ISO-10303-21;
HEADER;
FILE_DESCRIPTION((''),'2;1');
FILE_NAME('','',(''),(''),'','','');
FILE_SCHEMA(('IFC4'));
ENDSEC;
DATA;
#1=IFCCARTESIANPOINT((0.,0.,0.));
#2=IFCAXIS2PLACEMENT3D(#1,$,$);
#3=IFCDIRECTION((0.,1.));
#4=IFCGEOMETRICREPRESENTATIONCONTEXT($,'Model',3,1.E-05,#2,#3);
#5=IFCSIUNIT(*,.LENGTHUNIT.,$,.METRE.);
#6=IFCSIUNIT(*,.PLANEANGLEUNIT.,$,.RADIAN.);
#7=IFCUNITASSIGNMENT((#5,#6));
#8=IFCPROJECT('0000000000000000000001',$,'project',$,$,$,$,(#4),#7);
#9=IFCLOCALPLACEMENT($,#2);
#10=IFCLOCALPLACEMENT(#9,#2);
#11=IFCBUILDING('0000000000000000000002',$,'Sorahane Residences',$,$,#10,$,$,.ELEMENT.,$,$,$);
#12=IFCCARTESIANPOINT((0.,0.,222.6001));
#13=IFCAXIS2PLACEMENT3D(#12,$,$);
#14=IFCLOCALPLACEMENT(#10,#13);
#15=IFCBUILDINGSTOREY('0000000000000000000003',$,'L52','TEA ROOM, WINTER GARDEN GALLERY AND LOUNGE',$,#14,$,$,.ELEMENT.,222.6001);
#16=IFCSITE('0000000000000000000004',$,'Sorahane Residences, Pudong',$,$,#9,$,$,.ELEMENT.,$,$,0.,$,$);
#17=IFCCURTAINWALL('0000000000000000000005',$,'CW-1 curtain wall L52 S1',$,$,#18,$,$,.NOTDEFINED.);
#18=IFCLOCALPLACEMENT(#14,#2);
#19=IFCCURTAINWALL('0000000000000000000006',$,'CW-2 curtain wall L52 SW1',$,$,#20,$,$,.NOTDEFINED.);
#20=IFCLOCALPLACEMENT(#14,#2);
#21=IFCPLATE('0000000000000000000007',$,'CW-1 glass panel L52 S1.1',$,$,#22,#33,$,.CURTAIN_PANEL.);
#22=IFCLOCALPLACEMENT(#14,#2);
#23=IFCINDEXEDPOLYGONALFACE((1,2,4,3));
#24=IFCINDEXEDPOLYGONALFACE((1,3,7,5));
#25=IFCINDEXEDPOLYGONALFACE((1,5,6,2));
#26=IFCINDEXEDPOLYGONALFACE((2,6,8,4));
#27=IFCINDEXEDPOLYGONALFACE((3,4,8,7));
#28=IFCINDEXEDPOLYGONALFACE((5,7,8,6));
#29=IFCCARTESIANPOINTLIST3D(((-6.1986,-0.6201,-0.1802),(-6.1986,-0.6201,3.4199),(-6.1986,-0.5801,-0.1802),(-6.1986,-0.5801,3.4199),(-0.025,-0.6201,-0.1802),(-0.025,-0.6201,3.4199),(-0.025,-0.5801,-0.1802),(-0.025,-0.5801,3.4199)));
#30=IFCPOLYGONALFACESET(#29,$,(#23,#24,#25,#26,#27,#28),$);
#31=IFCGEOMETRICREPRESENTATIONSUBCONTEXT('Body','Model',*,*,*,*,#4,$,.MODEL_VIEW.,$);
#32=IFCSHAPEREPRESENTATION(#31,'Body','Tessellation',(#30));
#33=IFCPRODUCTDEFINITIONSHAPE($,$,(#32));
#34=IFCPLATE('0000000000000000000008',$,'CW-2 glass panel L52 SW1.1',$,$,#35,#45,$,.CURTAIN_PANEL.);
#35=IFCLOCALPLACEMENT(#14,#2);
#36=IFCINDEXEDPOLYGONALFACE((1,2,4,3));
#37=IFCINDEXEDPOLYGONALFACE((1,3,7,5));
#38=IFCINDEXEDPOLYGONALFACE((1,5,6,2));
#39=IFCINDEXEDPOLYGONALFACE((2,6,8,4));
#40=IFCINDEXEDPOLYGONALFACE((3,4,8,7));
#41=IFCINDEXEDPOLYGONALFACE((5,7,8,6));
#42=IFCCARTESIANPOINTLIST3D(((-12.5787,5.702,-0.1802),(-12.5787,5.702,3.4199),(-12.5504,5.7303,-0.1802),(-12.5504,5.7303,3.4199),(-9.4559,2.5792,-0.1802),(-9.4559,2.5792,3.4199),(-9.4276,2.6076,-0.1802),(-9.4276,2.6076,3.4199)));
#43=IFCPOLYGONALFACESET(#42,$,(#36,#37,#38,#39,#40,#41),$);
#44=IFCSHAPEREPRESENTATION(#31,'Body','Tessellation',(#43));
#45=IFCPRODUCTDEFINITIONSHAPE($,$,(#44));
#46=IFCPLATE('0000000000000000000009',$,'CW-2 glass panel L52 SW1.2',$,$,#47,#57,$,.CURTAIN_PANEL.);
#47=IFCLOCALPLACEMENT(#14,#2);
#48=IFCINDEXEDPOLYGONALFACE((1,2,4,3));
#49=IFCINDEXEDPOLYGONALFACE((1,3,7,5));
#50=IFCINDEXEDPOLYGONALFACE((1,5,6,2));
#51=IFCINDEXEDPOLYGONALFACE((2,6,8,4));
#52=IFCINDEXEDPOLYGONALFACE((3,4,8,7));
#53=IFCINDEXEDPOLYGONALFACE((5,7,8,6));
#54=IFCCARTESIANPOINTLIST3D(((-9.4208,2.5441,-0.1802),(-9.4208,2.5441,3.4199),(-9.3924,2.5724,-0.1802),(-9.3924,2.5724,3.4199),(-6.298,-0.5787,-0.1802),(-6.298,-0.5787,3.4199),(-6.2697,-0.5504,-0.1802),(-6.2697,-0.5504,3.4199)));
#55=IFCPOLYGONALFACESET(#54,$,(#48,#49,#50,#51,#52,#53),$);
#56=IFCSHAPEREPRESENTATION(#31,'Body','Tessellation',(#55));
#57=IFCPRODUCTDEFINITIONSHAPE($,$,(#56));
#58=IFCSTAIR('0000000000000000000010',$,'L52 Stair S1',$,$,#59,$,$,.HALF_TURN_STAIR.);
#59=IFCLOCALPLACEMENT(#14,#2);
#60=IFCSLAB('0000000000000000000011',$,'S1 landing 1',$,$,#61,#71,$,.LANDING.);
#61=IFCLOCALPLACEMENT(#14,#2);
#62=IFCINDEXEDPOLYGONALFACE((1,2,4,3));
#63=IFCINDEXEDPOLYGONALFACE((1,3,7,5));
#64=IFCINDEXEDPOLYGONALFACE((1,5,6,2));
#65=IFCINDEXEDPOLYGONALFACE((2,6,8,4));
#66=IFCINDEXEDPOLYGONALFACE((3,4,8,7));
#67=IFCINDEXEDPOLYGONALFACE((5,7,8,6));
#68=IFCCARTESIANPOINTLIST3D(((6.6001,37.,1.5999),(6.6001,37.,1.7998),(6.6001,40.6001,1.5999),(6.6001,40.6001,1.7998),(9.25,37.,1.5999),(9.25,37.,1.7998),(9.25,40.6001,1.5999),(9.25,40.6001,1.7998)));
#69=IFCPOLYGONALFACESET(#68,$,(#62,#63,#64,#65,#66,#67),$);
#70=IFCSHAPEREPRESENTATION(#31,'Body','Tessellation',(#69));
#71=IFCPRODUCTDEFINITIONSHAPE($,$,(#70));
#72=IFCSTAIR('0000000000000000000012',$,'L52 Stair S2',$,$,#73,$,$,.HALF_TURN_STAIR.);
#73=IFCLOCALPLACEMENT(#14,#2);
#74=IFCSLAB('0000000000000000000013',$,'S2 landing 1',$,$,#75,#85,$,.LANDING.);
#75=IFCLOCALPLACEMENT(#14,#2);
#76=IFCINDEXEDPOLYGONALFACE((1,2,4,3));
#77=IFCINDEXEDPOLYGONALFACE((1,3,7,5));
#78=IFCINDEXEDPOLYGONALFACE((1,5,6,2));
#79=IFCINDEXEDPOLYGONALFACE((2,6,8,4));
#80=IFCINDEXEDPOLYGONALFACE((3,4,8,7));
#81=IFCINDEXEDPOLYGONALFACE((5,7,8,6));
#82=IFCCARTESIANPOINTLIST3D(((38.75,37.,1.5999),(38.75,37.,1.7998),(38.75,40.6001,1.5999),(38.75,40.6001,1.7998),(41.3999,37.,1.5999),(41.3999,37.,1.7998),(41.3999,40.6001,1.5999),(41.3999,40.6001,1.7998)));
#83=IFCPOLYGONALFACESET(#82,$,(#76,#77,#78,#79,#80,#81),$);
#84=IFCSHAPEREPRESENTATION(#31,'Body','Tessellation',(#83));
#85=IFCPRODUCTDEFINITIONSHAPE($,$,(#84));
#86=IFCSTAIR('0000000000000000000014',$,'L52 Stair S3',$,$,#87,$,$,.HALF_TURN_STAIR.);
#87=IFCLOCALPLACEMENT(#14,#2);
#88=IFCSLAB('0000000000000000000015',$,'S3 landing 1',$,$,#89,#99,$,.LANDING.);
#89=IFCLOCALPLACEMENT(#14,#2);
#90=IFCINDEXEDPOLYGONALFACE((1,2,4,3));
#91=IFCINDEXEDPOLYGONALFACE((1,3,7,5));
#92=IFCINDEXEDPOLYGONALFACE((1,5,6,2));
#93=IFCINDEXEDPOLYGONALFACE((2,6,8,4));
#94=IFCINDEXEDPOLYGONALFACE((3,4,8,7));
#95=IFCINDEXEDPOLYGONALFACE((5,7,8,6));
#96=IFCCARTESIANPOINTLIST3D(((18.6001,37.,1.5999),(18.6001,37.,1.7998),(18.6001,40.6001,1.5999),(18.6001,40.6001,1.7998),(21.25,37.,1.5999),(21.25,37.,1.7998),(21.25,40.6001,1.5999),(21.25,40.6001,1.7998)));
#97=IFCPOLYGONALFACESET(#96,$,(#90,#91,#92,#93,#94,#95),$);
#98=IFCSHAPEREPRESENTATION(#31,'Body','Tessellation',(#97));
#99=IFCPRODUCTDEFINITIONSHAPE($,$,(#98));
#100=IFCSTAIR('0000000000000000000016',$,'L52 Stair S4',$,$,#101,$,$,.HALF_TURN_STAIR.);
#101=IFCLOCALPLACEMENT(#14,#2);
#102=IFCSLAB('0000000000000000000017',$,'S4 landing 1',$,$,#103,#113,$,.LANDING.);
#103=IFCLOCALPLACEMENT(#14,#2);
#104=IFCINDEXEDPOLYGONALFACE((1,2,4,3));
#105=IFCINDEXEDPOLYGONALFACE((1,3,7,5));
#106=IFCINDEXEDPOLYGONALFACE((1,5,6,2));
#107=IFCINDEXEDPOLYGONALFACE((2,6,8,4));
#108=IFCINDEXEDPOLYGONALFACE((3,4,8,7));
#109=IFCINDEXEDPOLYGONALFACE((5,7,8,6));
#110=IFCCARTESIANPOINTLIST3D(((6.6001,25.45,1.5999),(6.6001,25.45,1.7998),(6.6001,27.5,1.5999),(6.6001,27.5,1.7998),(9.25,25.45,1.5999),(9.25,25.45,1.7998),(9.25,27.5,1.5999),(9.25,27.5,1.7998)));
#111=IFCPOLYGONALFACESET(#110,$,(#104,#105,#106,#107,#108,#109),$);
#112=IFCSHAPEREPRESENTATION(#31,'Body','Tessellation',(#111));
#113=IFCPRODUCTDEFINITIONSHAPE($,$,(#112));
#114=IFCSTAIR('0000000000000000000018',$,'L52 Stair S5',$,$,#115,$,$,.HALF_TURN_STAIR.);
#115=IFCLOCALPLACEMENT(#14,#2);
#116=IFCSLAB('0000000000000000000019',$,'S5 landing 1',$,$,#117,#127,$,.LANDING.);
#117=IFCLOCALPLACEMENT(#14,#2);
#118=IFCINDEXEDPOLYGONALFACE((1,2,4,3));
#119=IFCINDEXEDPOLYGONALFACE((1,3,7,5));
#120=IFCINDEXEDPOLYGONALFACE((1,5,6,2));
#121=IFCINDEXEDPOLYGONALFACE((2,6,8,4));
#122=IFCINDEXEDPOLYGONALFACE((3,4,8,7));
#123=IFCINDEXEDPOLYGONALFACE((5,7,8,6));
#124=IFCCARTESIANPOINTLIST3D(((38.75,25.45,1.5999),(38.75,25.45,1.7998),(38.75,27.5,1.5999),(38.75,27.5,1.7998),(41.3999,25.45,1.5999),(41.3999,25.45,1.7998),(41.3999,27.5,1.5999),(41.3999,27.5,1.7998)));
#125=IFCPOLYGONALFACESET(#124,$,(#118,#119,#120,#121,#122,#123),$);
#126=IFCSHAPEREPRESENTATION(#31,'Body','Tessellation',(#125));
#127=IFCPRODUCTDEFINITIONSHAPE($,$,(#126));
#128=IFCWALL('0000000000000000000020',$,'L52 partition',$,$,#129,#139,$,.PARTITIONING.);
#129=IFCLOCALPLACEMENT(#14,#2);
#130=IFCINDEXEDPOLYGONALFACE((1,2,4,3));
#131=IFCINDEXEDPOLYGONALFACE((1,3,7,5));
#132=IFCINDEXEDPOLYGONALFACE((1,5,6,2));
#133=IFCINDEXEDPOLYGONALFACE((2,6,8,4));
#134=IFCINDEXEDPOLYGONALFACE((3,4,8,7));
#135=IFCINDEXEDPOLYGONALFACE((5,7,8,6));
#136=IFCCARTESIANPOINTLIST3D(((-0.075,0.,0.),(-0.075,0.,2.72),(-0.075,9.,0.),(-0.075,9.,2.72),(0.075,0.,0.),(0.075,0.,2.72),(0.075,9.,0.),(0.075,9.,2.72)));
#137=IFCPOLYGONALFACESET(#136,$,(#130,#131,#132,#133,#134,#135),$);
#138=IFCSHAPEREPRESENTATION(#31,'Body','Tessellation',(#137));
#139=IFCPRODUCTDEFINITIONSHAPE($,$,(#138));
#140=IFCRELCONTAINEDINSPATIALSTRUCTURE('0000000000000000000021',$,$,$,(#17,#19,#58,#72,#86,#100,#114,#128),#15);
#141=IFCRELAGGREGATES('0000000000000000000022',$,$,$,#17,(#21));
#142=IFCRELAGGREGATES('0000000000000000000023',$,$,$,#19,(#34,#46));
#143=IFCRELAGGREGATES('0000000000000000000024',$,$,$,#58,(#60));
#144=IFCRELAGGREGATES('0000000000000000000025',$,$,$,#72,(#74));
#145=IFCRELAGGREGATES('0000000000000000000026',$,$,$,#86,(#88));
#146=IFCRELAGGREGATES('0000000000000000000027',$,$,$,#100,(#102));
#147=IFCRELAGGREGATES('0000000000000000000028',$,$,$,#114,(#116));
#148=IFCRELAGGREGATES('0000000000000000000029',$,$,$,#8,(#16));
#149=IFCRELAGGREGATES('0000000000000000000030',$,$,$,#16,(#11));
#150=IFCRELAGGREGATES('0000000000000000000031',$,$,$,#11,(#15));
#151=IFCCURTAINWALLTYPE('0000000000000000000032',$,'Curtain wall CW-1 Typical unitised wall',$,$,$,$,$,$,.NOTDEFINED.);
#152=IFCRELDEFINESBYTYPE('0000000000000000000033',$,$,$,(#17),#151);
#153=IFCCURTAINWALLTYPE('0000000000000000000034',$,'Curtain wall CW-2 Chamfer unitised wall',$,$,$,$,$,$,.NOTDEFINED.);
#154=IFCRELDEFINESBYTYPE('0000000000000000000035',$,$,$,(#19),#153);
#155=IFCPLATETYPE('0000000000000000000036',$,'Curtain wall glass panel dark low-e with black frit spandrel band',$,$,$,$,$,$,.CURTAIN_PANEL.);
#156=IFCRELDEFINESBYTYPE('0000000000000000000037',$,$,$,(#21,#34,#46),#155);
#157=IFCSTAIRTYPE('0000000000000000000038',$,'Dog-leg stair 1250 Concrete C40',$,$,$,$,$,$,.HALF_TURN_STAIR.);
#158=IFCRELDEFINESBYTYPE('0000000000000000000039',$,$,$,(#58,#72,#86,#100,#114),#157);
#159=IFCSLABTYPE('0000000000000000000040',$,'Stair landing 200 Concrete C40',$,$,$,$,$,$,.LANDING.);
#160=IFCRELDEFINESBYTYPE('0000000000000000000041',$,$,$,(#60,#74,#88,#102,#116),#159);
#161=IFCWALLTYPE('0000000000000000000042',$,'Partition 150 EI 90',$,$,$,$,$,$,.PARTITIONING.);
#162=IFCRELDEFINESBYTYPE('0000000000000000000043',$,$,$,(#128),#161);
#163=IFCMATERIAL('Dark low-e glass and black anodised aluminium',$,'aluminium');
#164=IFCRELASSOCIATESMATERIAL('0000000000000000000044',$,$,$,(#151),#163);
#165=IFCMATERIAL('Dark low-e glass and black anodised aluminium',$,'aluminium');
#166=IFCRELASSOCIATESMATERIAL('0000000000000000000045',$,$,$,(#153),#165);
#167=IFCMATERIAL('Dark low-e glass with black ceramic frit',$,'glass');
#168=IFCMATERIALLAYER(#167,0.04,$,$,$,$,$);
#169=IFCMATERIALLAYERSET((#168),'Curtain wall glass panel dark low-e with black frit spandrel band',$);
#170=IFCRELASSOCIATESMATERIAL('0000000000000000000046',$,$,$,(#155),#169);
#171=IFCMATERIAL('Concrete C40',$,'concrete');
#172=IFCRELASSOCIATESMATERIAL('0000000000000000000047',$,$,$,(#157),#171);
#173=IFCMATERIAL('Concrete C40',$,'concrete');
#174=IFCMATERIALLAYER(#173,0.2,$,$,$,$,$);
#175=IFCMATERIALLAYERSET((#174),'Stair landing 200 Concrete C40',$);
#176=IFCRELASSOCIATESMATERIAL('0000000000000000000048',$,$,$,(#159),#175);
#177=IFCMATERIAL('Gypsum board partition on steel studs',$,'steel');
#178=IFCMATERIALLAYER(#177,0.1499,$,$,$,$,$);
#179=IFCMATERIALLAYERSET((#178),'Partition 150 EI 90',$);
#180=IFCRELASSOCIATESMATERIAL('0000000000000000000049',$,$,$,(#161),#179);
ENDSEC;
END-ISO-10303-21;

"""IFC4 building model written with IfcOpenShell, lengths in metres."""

from ifc_helpers import new_model, si_unit, direction, frame, frame_2d, origin, origin_2d, place, context, subcontext, project, spatial, polyline, rectangle, outline, extrude, material, layer, layer_set, type_object, element, aggregate, save


model = new_model("IFC4")

# Units and contexts
model_context = context("Model", 3, precision=1e-05, world=origin(), true_north=direction((0.0, 1.0)))
body_context = subcontext(model_context, "Body", "Model", "MODEL_VIEW")
ifc_project = project(units=[si_unit("LENGTHUNIT", "METRE"), si_unit("PLANEANGLEUNIT", "RADIAN")], contexts=[model_context])

# Site, building, storey
site_placement = place(None, origin())
site = spatial("IfcSite", under=ifc_project, at=site_placement, Name="Sorahane Residences, Pudong", CompositionType="ELEMENT", RefElevation=0.0)
building_placement = place(site_placement, origin())
building = spatial("IfcBuilding", under=site, at=building_placement, Name="Sorahane Residences", CompositionType="ELEMENT")
storey_placement = place(building_placement, frame((0.0, 0.0, 222.6001)))
storey = spatial("IfcBuildingStorey", under=building, at=storey_placement, Name="L52", Description="TEA ROOM, WINTER GARDEN GALLERY AND LOUNGE", CompositionType="ELEMENT", Elevation=222.6001)

# Curtain wall
ifc_material_1 = material(Name="Dark low-e glass and black anodised aluminium", Category="aluminium")
curtain_wall_type_1 = type_object("IfcCurtainWallType", Name="Curtain wall CW-1 Typical unitised wall", PredefinedType="NOTDEFINED", material=ifc_material_1)
curtain_wall_1_placement = place(storey_placement, origin())
curtain_wall_1 = element("IfcCurtainWall", 1, at=curtain_wall_1_placement, inside=storey, type_object=curtain_wall_type_1, Name="CW-1 curtain wall L52 S1", PredefinedType="NOTDEFINED")

# Curtain wall
ifc_material_2 = material(Name="Dark low-e glass and black anodised aluminium", Category="aluminium")
curtain_wall_type_2 = type_object("IfcCurtainWallType", Name="Curtain wall CW-2 Chamfer unitised wall", PredefinedType="NOTDEFINED", material=ifc_material_2)
curtain_wall_2_placement = place(storey_placement, origin())
curtain_wall_2 = element("IfcCurtainWall", 2, at=curtain_wall_2_placement, inside=storey, type_object=curtain_wall_type_2, Name="CW-2 curtain wall L52 SW1", PredefinedType="NOTDEFINED")

# Plates
ifc_material_3 = material(Name="Dark low-e glass with black ceramic frit", Category="glass")
ifc_layer_1 = layer(ifc_material_3, 0.04)
ifc_layer_set_1 = layer_set([ifc_layer_1], Name="Curtain wall glass panel dark low-e with black frit spandrel band")
plate_type = type_object("IfcPlateType", Name="Curtain wall glass panel dark low-e with black frit spandrel band", PredefinedType="CURTAIN_PANEL", material=ifc_layer_set_1)
plate_1_placement = place(storey_placement, frame((-3.1118, -0.6001, -0.1802), z_axis=(0.0, 0.0, 1.0), x_axis=(1.0, 0.0, 0.0)))
plate_1 = element("IfcPlate", 3, at=plate_1_placement, type_object=plate_type, Name="CW-1 glass panel L52 S1.1", PredefinedType="CURTAIN_PANEL", context=body_context, shape_type="SweptSolid", body=[
    extrude(rectangle(XDim=6.1736, YDim=0.04, at=origin_2d()), origin(), (0.0, 0.0, 1.0), 3.6001),
])
aggregate(curtain_wall_1, [plate_1])
plate_2_placement = place(storey_placement, frame((-11.0032, 4.1548, -0.1802), z_axis=(0.0, 0.0, 1.0), x_axis=(0.707107, -0.707107, 0.0)))
plate_2 = element("IfcPlate", 4, at=plate_2_placement, type_object=plate_type, Name="CW-2 glass panel L52 SW1.1", PredefinedType="CURTAIN_PANEL", context=body_context, shape_type="SweptSolid", body=[
    extrude(rectangle(XDim=4.4163, YDim=0.04, at=origin_2d()), origin(), (0.0, 0.0, 1.0), 3.6001),
])
plate_3_placement = place(storey_placement, frame((-7.8452, 0.9968, -0.1802), z_axis=(0.0, 0.0, 1.0), x_axis=(0.707107, -0.707107, 0.0)))
plate_3 = element("IfcPlate", 5, at=plate_3_placement, type_object=plate_type, Name="CW-2 glass panel L52 SW1.2", PredefinedType="CURTAIN_PANEL", context=body_context, shape_type="SweptSolid", body=[
    extrude(rectangle(XDim=4.4163, YDim=0.04, at=origin_2d()), origin(), (0.0, 0.0, 1.0), 3.6001),
])
aggregate(curtain_wall_2, [plate_2, plate_3])

# Stairs, slabs
ifc_material_4 = material(Name="Concrete C40", Category="concrete")
stair_type = type_object("IfcStairType", Name="Dog-leg stair 1250 Concrete C40", PredefinedType="HALF_TURN_STAIR", material=ifc_material_4)
stair_1_placement = place(storey_placement, origin())
stair_1 = element("IfcStair", 6, at=stair_1_placement, inside=storey, type_object=stair_type, Name="L52 Stair S1", PredefinedType="HALF_TURN_STAIR")
ifc_material_5 = material(Name="Concrete C40", Category="concrete")
ifc_layer_2 = layer(ifc_material_5, 0.2)
ifc_layer_set_2 = layer_set([ifc_layer_2], Name="Stair landing 200 Concrete C40")
slab_type_1 = type_object("IfcSlabType", Name="Stair landing 200 Concrete C40", PredefinedType="LANDING", material=ifc_layer_set_2)
slab_1_placement = place(storey_placement, frame((0.0, 0.0, 1.5999)))
slab_1 = element("IfcSlab", 7, at=slab_1_placement, type_object=slab_type_1, Name="S1 landing 1", PredefinedType="LANDING", context=body_context, shape_type="SweptSolid", body=[
    extrude(outline(polyline([(6.6001, 40.6001), (6.6001, 37.0), (9.25, 37.0), (9.25, 40.6001), (6.6001, 40.6001)])), origin(), (0.0, 0.0, 1.0), 0.2),
])
aggregate(stair_1, [slab_1])
stair_2_placement = place(storey_placement, origin())
stair_2 = element("IfcStair", 8, at=stair_2_placement, inside=storey, type_object=stair_type, Name="L52 Stair S2", PredefinedType="HALF_TURN_STAIR")
slab_2_placement = place(storey_placement, frame((0.0, 0.0, 1.5999)))
slab_2 = element("IfcSlab", 9, at=slab_2_placement, type_object=slab_type_1, Name="S2 landing 1", PredefinedType="LANDING", context=body_context, shape_type="SweptSolid", body=[
    extrude(outline(polyline([(38.75, 40.6001), (38.75, 37.0), (41.3999, 37.0), (41.3999, 40.6001), (38.75, 40.6001)])), origin(), (0.0, 0.0, 1.0), 0.2),
])
aggregate(stair_2, [slab_2])
stair_3_placement = place(storey_placement, origin())
stair_3 = element("IfcStair", 10, at=stair_3_placement, inside=storey, type_object=stair_type, Name="L52 Stair S3", PredefinedType="HALF_TURN_STAIR")
slab_3_placement = place(storey_placement, frame((0.0, 0.0, 1.5999)))
slab_3 = element("IfcSlab", 11, at=slab_3_placement, type_object=slab_type_1, Name="S3 landing 1", PredefinedType="LANDING", context=body_context, shape_type="SweptSolid", body=[
    extrude(outline(polyline([(18.6001, 40.6001), (18.6001, 37.0), (21.25, 37.0), (21.25, 40.6001), (18.6001, 40.6001)])), origin(), (0.0, 0.0, 1.0), 0.2),
])
aggregate(stair_3, [slab_3])
stair_4_placement = place(storey_placement, origin())
stair_4 = element("IfcStair", 12, at=stair_4_placement, inside=storey, type_object=stair_type, Name="L52 Stair S4", PredefinedType="HALF_TURN_STAIR")
slab_4_placement = place(storey_placement, frame((0.0, 0.0, 1.5999)))
slab_4 = element("IfcSlab", 13, at=slab_4_placement, type_object=slab_type_1, Name="S4 landing 1", PredefinedType="LANDING", context=body_context, shape_type="SweptSolid", body=[
    extrude(outline(polyline([(9.25, 25.45), (9.25, 27.5), (6.6001, 27.5), (6.6001, 25.45), (9.25, 25.45)])), origin(), (0.0, 0.0, 1.0), 0.2),
])
aggregate(stair_4, [slab_4])
stair_5_placement = place(storey_placement, origin())
stair_5 = element("IfcStair", 14, at=stair_5_placement, inside=storey, type_object=stair_type, Name="L52 Stair S5", PredefinedType="HALF_TURN_STAIR")
slab_5_placement = place(storey_placement, frame((0.0, 0.0, 1.5999)))
slab_5 = element("IfcSlab", 15, at=slab_5_placement, type_object=slab_type_1, Name="S5 landing 1", PredefinedType="LANDING", context=body_context, shape_type="SweptSolid", body=[
    extrude(outline(polyline([(41.3999, 25.45), (41.3999, 27.5), (38.75, 27.5), (38.75, 25.45), (41.3999, 25.45)])), origin(), (0.0, 0.0, 1.0), 0.2),
])
aggregate(stair_5, [slab_5])

# Wall
ifc_material_6 = material(Name="Gypsum board partition on steel studs", Category="steel")
ifc_layer_3 = layer(ifc_material_6, 0.1499)
ifc_layer_set_3 = layer_set([ifc_layer_3], Name="Partition 150 EI 90")
wall_type = type_object("IfcWallType", Name="Partition 150 EI 90", PredefinedType="PARTITIONING", material=ifc_layer_set_3)
wall_1_placement = place(storey_placement, frame((0.0, 0.0, 0.0), z_axis=(0.0, 0.0, 1.0), x_axis=(0.0, 1.0, 0.0)))
element("IfcWall", 16, at=wall_1_placement, inside=storey, type_object=wall_type, Name="L52 partition", PredefinedType="PARTITIONING", context=body_context, shape_type="SweptSolid", body=[
    extrude(rectangle(XDim=9.0, YDim=0.1499, at=frame_2d((4.5, 0.0))), origin(), (0.0, 0.0, 1.0), 2.72),
])

save(model, "model.ifc")
